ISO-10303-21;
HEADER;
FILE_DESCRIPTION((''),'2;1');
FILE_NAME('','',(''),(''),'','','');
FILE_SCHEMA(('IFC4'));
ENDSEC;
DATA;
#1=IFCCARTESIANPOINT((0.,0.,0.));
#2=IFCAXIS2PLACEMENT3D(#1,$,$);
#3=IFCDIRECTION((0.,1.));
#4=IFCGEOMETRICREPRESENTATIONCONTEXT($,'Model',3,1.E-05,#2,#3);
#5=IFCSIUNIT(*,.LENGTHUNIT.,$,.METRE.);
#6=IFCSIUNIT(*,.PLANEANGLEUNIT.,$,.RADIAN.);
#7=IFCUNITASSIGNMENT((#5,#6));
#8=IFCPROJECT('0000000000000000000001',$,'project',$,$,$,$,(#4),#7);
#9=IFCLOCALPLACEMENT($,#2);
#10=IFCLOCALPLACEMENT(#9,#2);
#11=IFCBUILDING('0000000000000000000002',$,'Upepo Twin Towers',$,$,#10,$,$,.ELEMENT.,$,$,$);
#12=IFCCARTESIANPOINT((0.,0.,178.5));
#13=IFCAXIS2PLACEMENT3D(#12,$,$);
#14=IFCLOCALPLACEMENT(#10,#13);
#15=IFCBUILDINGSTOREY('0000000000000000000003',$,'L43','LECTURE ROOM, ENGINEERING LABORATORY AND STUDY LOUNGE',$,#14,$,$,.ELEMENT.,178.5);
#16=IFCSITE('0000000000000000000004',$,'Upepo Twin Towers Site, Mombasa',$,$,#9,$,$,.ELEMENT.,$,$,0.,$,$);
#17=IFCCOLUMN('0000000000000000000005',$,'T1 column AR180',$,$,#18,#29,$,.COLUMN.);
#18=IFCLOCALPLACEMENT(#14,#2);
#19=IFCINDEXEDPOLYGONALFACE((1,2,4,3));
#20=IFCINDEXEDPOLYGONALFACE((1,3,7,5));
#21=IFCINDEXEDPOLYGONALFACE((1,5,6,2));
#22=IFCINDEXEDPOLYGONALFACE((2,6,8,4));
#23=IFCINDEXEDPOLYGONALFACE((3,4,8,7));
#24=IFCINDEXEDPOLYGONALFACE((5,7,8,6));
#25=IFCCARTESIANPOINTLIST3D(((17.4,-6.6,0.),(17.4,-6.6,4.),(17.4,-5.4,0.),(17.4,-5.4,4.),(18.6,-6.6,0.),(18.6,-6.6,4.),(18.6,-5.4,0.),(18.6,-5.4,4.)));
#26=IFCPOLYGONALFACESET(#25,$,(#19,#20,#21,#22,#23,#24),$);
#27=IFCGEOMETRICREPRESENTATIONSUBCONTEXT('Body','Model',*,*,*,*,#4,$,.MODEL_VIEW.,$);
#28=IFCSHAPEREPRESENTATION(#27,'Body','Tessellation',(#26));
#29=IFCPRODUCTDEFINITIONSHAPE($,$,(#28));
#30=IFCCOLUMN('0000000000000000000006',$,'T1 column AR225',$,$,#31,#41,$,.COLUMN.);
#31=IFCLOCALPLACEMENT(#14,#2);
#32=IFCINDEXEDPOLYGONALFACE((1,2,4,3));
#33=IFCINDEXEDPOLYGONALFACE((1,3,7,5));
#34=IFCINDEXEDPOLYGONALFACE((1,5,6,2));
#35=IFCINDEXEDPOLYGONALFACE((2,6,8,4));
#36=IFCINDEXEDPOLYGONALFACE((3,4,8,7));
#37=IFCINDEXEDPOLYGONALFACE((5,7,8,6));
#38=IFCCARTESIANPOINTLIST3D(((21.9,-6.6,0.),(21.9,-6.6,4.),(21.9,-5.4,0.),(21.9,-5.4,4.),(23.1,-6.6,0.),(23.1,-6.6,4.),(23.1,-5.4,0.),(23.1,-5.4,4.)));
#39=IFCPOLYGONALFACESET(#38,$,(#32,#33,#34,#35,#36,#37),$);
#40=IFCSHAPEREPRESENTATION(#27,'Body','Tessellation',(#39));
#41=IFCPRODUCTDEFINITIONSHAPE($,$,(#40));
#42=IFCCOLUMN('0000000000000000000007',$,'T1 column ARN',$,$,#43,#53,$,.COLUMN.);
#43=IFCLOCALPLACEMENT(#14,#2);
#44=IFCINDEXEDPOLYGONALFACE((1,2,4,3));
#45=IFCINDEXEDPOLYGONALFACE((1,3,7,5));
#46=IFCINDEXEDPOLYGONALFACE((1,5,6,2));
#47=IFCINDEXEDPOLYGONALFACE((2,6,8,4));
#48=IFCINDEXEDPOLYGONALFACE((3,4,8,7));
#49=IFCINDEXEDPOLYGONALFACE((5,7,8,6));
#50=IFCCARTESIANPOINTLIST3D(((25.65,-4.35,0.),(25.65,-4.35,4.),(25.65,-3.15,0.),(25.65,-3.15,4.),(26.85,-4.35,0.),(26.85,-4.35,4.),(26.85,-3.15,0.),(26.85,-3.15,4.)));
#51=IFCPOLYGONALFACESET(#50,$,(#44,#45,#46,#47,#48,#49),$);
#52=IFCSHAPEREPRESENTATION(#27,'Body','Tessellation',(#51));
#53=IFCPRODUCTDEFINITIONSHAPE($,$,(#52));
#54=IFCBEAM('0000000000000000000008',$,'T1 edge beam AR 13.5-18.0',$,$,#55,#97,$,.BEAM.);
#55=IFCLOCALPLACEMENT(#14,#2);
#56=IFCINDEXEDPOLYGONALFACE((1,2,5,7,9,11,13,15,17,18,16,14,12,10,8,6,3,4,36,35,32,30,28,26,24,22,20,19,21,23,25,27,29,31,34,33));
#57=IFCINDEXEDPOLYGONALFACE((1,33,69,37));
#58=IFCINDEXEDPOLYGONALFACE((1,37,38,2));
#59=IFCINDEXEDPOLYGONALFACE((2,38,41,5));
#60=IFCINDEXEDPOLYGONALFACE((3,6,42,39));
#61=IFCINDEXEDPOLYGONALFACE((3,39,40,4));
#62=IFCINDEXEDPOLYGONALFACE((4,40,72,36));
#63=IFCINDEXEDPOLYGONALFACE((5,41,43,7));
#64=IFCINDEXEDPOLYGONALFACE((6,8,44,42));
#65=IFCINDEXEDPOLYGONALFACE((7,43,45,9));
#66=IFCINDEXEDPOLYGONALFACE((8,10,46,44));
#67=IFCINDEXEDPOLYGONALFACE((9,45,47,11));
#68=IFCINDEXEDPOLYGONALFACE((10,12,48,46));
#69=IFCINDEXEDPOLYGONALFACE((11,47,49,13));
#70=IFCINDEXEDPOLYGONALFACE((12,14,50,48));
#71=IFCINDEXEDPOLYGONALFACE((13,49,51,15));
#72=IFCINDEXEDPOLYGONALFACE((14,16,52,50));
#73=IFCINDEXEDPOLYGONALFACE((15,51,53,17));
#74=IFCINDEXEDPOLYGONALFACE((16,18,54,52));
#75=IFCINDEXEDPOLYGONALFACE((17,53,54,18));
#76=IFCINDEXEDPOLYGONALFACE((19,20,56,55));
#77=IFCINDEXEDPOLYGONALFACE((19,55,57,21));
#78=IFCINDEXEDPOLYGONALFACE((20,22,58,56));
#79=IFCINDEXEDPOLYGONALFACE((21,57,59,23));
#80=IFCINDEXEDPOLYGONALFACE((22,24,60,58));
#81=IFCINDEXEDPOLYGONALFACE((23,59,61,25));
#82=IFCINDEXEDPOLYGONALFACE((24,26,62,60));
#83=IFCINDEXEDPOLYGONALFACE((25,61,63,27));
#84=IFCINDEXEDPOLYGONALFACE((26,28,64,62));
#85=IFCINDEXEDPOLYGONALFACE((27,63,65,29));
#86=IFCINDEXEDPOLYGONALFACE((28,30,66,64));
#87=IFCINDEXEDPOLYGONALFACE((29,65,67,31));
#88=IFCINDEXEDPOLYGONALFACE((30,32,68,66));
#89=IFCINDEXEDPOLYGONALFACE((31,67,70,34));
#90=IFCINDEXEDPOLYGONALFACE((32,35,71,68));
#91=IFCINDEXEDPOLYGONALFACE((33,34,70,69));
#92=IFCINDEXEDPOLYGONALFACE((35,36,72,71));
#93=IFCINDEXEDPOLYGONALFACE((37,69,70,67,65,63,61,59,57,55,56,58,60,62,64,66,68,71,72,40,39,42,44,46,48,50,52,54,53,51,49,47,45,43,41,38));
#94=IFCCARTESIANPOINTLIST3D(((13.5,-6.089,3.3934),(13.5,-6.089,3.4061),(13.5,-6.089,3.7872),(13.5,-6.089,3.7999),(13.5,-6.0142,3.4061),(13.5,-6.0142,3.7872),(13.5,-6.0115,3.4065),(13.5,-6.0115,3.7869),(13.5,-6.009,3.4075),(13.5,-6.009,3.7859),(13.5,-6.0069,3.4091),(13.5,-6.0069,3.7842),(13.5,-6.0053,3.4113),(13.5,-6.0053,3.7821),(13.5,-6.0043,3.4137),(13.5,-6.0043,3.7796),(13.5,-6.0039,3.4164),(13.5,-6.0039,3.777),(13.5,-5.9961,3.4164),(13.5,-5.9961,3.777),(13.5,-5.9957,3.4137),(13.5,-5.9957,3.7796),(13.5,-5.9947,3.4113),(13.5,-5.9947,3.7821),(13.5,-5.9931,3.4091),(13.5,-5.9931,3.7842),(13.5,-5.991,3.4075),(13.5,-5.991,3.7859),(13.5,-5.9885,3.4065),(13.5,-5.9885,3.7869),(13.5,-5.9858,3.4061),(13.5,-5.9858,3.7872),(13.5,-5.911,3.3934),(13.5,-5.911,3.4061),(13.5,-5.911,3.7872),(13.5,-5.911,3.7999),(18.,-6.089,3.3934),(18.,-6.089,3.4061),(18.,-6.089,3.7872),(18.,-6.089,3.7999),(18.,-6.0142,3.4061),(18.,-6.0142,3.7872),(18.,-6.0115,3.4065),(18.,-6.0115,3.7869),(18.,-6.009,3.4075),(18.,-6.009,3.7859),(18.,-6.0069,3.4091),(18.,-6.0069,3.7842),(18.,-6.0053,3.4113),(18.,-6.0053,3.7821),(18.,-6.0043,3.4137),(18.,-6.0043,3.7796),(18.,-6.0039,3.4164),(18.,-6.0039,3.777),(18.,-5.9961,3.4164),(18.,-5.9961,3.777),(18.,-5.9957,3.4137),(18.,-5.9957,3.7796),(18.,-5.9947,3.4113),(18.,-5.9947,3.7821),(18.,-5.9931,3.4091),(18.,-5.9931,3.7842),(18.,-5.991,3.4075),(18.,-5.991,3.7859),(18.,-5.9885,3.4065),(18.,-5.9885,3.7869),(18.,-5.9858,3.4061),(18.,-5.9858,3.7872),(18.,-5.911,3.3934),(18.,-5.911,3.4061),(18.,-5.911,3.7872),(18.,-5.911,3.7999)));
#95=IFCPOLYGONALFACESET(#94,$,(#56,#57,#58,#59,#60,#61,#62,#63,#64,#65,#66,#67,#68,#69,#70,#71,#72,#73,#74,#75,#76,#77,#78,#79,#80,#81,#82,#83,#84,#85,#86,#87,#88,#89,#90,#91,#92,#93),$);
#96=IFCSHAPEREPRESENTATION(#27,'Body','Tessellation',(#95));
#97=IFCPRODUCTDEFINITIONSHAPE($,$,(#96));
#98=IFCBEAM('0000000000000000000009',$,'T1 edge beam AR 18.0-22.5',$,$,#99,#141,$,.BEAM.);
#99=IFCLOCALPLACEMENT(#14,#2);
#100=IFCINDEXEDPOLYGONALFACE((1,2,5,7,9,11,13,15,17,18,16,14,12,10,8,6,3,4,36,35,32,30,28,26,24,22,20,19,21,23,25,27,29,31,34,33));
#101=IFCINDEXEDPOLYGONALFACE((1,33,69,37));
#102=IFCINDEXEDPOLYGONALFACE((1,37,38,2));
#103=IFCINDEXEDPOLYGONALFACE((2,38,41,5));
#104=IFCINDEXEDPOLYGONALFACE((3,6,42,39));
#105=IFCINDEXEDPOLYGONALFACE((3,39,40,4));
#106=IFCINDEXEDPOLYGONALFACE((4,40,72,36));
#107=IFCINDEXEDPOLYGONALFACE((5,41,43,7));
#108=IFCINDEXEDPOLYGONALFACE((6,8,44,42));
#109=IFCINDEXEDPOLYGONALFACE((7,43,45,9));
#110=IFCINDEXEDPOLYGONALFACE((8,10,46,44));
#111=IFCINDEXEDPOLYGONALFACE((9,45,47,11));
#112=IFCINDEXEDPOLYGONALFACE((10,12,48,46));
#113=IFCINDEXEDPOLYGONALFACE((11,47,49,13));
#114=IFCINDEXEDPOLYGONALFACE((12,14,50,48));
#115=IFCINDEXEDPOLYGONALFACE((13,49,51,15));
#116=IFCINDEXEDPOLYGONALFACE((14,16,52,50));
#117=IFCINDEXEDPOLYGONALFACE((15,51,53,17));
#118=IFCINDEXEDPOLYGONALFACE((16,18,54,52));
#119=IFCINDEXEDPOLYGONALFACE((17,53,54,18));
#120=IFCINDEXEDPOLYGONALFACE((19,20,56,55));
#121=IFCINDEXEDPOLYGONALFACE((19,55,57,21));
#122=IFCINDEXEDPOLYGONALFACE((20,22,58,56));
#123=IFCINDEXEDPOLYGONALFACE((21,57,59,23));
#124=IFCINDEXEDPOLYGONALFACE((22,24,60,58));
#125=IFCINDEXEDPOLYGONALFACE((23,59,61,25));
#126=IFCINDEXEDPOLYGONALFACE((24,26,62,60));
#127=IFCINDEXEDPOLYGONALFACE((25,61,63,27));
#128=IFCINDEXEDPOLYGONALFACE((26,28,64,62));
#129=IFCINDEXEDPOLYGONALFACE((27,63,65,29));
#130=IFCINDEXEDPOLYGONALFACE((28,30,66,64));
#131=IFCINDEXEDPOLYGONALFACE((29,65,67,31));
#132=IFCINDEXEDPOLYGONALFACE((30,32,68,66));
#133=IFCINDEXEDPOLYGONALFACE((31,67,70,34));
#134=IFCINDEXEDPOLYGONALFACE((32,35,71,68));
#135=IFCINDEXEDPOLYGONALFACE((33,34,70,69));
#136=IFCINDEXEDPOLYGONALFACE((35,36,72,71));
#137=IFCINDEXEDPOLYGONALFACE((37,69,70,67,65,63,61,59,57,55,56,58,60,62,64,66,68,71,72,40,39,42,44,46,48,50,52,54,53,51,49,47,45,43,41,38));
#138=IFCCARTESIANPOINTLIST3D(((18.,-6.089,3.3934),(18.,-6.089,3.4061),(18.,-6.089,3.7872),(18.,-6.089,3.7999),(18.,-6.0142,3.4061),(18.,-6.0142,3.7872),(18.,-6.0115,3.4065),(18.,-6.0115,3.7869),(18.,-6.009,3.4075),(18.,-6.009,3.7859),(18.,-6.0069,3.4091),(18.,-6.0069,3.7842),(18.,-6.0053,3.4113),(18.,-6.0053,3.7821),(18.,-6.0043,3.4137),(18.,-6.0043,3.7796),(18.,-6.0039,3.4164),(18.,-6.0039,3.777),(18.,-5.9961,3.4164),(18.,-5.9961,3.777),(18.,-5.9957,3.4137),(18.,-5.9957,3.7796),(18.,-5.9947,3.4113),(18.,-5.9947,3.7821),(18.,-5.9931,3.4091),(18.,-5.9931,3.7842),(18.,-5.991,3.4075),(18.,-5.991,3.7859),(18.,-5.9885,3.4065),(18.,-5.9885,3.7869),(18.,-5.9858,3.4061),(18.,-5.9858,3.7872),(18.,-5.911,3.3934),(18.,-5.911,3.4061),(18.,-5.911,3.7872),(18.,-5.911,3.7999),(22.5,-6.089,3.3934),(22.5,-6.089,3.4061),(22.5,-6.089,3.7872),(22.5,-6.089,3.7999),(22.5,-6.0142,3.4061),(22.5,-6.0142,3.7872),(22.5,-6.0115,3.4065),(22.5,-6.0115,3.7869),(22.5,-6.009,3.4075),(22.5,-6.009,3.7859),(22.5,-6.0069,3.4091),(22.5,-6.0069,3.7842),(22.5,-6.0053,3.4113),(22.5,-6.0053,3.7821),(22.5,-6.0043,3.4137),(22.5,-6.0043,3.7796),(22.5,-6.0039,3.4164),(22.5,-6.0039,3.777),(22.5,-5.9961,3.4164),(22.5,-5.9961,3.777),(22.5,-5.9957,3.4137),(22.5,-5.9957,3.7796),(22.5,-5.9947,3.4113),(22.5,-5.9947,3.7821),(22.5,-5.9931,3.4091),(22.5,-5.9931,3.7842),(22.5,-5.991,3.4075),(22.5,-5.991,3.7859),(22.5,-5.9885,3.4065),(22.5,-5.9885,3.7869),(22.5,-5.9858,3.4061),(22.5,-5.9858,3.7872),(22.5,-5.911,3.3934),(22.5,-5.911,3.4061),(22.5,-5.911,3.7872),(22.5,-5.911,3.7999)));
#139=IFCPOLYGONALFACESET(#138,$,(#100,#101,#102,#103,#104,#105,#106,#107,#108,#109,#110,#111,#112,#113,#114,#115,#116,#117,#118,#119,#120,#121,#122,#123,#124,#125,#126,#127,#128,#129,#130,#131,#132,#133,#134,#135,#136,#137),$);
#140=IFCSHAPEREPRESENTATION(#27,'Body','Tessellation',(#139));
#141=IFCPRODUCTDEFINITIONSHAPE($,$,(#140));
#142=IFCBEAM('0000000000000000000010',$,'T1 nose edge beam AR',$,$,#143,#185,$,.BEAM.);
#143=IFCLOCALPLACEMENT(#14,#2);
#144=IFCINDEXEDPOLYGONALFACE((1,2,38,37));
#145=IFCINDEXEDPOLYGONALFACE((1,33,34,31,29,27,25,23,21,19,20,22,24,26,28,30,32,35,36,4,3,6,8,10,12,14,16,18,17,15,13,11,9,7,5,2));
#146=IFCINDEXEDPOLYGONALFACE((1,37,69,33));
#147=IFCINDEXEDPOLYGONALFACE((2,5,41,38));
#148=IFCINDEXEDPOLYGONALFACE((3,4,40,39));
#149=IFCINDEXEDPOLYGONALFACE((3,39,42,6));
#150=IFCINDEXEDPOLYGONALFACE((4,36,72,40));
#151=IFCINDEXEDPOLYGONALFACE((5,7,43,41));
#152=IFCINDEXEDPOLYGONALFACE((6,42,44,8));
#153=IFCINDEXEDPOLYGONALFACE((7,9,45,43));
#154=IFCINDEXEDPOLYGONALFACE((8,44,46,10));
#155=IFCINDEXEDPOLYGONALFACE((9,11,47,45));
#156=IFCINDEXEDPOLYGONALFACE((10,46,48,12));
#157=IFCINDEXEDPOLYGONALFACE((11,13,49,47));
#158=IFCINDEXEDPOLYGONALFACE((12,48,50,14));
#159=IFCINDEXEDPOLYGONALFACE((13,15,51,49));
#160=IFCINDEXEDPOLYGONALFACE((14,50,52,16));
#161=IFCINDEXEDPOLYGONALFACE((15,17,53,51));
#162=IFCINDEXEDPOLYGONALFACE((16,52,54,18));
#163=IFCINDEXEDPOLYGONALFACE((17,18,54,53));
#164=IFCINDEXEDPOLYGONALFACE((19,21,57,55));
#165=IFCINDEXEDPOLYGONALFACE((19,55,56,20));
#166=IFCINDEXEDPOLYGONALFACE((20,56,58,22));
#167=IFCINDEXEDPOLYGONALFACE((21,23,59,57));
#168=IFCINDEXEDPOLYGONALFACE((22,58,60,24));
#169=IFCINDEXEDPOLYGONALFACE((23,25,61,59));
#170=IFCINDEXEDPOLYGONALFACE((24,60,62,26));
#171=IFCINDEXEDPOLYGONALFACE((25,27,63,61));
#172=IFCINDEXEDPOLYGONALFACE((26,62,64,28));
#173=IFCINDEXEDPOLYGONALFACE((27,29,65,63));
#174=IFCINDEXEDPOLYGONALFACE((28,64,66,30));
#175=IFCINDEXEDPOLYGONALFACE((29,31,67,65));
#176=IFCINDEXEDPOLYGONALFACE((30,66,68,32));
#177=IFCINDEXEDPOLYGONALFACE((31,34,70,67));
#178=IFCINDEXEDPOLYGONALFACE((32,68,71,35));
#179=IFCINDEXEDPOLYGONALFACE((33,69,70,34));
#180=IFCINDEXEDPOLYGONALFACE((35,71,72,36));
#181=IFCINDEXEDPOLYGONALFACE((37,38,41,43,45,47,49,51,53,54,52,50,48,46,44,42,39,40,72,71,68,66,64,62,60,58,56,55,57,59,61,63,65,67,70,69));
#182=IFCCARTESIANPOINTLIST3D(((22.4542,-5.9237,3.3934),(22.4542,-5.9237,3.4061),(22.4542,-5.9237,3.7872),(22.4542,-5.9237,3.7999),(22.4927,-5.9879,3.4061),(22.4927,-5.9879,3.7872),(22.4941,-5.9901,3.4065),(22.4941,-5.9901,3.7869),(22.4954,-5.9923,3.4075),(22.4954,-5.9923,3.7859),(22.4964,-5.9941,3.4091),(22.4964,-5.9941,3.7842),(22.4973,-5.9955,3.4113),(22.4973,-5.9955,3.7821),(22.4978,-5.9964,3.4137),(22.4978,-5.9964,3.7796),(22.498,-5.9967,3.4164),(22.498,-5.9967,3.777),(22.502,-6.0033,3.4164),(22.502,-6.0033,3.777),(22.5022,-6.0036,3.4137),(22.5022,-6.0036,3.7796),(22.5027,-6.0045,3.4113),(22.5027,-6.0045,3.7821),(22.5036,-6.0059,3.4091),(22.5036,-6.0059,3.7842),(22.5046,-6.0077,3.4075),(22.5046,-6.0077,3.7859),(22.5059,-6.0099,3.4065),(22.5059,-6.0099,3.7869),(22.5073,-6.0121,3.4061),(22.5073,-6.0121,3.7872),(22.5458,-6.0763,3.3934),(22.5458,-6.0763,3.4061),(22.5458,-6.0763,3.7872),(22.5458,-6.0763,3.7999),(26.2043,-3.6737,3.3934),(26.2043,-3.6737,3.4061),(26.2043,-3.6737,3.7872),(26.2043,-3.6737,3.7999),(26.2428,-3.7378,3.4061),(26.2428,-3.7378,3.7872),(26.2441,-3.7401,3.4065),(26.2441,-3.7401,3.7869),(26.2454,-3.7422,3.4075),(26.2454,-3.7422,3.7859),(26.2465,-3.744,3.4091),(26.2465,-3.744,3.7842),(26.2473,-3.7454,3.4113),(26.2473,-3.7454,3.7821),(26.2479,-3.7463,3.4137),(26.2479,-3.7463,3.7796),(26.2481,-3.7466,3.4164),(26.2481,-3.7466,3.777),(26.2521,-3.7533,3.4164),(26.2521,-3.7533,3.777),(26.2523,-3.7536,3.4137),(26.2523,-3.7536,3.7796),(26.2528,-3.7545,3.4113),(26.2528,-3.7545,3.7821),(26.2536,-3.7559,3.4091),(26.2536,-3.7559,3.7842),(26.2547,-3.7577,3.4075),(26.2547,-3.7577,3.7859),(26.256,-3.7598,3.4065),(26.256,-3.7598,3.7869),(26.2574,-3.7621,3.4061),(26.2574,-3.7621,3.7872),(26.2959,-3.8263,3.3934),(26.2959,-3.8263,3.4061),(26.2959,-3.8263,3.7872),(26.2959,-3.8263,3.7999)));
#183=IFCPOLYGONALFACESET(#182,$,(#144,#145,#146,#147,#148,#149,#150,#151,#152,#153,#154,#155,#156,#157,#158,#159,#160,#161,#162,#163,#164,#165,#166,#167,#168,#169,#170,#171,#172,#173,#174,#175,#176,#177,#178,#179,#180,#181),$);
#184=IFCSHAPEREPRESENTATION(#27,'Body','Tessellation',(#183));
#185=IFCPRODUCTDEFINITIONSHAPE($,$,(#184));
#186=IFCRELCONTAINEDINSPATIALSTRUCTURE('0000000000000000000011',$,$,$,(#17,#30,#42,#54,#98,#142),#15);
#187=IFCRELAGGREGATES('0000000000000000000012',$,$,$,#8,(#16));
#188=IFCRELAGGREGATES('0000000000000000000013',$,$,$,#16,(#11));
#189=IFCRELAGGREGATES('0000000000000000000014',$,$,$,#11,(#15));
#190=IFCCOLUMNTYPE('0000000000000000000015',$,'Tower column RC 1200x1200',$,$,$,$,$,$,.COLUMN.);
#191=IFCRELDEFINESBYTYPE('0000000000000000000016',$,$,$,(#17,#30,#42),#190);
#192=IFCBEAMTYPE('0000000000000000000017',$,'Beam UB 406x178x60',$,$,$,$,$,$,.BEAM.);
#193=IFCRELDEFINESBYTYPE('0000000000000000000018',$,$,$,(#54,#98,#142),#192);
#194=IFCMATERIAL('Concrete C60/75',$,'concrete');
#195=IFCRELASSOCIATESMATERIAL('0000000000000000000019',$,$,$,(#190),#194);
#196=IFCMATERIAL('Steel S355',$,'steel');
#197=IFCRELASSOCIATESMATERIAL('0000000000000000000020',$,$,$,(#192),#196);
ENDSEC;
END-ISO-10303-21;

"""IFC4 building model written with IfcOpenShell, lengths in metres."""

from ifc_helpers import new_model, si_unit, direction, frame, origin, origin_2d, place, context, subcontext, project, spatial, rectangle, i_section, extrude, material, material_profile, profile_set, type_object, element, save


model = new_model("IFC4")

# Units and contexts
model_context = context("Model", 3, precision=1e-05, world=origin(), true_north=direction((0.0, 1.0)))
body_context = subcontext(model_context, "Body", "Model", "MODEL_VIEW")
ifc_project = project(units=[si_unit("LENGTHUNIT", "METRE"), si_unit("PLANEANGLEUNIT", "RADIAN")], contexts=[model_context])

# Site, building, storey
site_placement = place(None, origin())
site = spatial("IfcSite", under=ifc_project, at=site_placement, Name="Upepo Twin Towers Site, Mombasa", CompositionType="ELEMENT", RefElevation=0.0)
building_placement = place(site_placement, origin())
building = spatial("IfcBuilding", under=site, at=building_placement, Name="Upepo Twin Towers", CompositionType="ELEMENT")
storey_placement = place(building_placement, frame((0.0, 0.0, 178.5)))
storey = spatial("IfcBuildingStorey", under=building, at=storey_placement, Name="L43", Description="LECTURE ROOM, ENGINEERING LABORATORY AND STUDY LOUNGE", CompositionType="ELEMENT", Elevation=178.5)

# Columns
ifc_material_1 = material(Name="Concrete C60/75", Category="concrete")
ifc_material_profile_1 = material_profile(ifc_material_1, rectangle(XDim=1.2, YDim=1.2, at=origin_2d()), Name="RC 1200x1200")
ifc_profile_set_1 = profile_set([ifc_material_profile_1], Name="Concrete C60/75")
column_type = type_object("IfcColumnType", Name="Tower column RC 1200x1200", PredefinedType="COLUMN", material=ifc_profile_set_1)
for number, where, z_axis, x_axis, name in (
    (1, (18.0, -6.0, 0.0), (0.0, 0.0, 1.0), (1.0, 0.0, 0.0), "T1 column AR180"),
    (2, (22.5, -6.0, 0.0), (0.0, 0.0, 1.0), (1.0, 0.0, 0.0), "T1 column AR225"),
    (3, (26.25, -3.75, 0.0), (0.0, 0.0, 1.0), (1.0, 0.0, 0.0), "T1 column ARN"),
):
    element("IfcColumn", number, at=place(storey_placement, frame(where, z_axis=z_axis, x_axis=x_axis)), inside=storey, type_object=column_type, Name=name, PredefinedType="COLUMN", context=body_context, shape_type="SweptSolid", body=[
        extrude(rectangle(XDim=1.2, YDim=1.2, at=origin_2d()), origin(), (0.0, 0.0, 1.0), 4.0),
    ])

# Beams
ifc_material_2 = material(Name="Steel S355", Category="steel")
ifc_material_profile_2 = material_profile(ifc_material_2, i_section(OverallWidth=0.178, OverallDepth=0.4065, WebThickness=0.0078, FlangeThickness=0.0127, FilletRadius=0.0103, at=origin_2d()), Name="UB 406x178x60")
ifc_profile_set_2 = profile_set([ifc_material_profile_2], Name="Steel S355")
beam_type_1 = type_object("IfcBeamType", Name="Beam UB 406x178x60", PredefinedType="BEAM", material=ifc_profile_set_2)
for number, where, z_axis, x_axis, name in (
    (4, (13.5, -6.0, 3.5967), (1.0, 0.0, 0.0), (0.0, 1.0, 0.0), "T1 edge beam AR 13.5-18.0"),
    (5, (18.0, -6.0, 3.5967), (1.0, 0.0, 0.0), (0.0, 1.0, 0.0), "T1 edge beam AR 18.0-22.5"),
):
    element("IfcBeam", number, at=place(storey_placement, frame(where, z_axis=z_axis, x_axis=x_axis)), inside=storey, type_object=beam_type_1, Name=name, PredefinedType="BEAM", context=body_context, shape_type="SweptSolid", body=[
        extrude(i_section(OverallWidth=0.178, OverallDepth=0.4065, WebThickness=0.0078, FlangeThickness=0.0127, FilletRadius=0.0103, at=origin_2d()), origin(), (0.0, 0.0, 1.0), 4.5),
    ])
beam_1_placement = place(storey_placement, frame((22.5, -6.0, 3.5967), z_axis=(0.857493, 0.514496, 0.0), x_axis=(-0.514496, 0.857493, 0.0)))
element("IfcBeam", 6, at=beam_1_placement, inside=storey, type_object=beam_type_1, Name="T1 nose edge beam AR", PredefinedType="BEAM", context=body_context, shape_type="SweptSolid", body=[
    extrude(i_section(OverallWidth=0.178, OverallDepth=0.4065, WebThickness=0.0078, FlangeThickness=0.0127, FilletRadius=0.0103, at=origin_2d()), origin(), (0.0, 0.0, 1.0), 4.3733),
])

save(model, "model.ifc")
